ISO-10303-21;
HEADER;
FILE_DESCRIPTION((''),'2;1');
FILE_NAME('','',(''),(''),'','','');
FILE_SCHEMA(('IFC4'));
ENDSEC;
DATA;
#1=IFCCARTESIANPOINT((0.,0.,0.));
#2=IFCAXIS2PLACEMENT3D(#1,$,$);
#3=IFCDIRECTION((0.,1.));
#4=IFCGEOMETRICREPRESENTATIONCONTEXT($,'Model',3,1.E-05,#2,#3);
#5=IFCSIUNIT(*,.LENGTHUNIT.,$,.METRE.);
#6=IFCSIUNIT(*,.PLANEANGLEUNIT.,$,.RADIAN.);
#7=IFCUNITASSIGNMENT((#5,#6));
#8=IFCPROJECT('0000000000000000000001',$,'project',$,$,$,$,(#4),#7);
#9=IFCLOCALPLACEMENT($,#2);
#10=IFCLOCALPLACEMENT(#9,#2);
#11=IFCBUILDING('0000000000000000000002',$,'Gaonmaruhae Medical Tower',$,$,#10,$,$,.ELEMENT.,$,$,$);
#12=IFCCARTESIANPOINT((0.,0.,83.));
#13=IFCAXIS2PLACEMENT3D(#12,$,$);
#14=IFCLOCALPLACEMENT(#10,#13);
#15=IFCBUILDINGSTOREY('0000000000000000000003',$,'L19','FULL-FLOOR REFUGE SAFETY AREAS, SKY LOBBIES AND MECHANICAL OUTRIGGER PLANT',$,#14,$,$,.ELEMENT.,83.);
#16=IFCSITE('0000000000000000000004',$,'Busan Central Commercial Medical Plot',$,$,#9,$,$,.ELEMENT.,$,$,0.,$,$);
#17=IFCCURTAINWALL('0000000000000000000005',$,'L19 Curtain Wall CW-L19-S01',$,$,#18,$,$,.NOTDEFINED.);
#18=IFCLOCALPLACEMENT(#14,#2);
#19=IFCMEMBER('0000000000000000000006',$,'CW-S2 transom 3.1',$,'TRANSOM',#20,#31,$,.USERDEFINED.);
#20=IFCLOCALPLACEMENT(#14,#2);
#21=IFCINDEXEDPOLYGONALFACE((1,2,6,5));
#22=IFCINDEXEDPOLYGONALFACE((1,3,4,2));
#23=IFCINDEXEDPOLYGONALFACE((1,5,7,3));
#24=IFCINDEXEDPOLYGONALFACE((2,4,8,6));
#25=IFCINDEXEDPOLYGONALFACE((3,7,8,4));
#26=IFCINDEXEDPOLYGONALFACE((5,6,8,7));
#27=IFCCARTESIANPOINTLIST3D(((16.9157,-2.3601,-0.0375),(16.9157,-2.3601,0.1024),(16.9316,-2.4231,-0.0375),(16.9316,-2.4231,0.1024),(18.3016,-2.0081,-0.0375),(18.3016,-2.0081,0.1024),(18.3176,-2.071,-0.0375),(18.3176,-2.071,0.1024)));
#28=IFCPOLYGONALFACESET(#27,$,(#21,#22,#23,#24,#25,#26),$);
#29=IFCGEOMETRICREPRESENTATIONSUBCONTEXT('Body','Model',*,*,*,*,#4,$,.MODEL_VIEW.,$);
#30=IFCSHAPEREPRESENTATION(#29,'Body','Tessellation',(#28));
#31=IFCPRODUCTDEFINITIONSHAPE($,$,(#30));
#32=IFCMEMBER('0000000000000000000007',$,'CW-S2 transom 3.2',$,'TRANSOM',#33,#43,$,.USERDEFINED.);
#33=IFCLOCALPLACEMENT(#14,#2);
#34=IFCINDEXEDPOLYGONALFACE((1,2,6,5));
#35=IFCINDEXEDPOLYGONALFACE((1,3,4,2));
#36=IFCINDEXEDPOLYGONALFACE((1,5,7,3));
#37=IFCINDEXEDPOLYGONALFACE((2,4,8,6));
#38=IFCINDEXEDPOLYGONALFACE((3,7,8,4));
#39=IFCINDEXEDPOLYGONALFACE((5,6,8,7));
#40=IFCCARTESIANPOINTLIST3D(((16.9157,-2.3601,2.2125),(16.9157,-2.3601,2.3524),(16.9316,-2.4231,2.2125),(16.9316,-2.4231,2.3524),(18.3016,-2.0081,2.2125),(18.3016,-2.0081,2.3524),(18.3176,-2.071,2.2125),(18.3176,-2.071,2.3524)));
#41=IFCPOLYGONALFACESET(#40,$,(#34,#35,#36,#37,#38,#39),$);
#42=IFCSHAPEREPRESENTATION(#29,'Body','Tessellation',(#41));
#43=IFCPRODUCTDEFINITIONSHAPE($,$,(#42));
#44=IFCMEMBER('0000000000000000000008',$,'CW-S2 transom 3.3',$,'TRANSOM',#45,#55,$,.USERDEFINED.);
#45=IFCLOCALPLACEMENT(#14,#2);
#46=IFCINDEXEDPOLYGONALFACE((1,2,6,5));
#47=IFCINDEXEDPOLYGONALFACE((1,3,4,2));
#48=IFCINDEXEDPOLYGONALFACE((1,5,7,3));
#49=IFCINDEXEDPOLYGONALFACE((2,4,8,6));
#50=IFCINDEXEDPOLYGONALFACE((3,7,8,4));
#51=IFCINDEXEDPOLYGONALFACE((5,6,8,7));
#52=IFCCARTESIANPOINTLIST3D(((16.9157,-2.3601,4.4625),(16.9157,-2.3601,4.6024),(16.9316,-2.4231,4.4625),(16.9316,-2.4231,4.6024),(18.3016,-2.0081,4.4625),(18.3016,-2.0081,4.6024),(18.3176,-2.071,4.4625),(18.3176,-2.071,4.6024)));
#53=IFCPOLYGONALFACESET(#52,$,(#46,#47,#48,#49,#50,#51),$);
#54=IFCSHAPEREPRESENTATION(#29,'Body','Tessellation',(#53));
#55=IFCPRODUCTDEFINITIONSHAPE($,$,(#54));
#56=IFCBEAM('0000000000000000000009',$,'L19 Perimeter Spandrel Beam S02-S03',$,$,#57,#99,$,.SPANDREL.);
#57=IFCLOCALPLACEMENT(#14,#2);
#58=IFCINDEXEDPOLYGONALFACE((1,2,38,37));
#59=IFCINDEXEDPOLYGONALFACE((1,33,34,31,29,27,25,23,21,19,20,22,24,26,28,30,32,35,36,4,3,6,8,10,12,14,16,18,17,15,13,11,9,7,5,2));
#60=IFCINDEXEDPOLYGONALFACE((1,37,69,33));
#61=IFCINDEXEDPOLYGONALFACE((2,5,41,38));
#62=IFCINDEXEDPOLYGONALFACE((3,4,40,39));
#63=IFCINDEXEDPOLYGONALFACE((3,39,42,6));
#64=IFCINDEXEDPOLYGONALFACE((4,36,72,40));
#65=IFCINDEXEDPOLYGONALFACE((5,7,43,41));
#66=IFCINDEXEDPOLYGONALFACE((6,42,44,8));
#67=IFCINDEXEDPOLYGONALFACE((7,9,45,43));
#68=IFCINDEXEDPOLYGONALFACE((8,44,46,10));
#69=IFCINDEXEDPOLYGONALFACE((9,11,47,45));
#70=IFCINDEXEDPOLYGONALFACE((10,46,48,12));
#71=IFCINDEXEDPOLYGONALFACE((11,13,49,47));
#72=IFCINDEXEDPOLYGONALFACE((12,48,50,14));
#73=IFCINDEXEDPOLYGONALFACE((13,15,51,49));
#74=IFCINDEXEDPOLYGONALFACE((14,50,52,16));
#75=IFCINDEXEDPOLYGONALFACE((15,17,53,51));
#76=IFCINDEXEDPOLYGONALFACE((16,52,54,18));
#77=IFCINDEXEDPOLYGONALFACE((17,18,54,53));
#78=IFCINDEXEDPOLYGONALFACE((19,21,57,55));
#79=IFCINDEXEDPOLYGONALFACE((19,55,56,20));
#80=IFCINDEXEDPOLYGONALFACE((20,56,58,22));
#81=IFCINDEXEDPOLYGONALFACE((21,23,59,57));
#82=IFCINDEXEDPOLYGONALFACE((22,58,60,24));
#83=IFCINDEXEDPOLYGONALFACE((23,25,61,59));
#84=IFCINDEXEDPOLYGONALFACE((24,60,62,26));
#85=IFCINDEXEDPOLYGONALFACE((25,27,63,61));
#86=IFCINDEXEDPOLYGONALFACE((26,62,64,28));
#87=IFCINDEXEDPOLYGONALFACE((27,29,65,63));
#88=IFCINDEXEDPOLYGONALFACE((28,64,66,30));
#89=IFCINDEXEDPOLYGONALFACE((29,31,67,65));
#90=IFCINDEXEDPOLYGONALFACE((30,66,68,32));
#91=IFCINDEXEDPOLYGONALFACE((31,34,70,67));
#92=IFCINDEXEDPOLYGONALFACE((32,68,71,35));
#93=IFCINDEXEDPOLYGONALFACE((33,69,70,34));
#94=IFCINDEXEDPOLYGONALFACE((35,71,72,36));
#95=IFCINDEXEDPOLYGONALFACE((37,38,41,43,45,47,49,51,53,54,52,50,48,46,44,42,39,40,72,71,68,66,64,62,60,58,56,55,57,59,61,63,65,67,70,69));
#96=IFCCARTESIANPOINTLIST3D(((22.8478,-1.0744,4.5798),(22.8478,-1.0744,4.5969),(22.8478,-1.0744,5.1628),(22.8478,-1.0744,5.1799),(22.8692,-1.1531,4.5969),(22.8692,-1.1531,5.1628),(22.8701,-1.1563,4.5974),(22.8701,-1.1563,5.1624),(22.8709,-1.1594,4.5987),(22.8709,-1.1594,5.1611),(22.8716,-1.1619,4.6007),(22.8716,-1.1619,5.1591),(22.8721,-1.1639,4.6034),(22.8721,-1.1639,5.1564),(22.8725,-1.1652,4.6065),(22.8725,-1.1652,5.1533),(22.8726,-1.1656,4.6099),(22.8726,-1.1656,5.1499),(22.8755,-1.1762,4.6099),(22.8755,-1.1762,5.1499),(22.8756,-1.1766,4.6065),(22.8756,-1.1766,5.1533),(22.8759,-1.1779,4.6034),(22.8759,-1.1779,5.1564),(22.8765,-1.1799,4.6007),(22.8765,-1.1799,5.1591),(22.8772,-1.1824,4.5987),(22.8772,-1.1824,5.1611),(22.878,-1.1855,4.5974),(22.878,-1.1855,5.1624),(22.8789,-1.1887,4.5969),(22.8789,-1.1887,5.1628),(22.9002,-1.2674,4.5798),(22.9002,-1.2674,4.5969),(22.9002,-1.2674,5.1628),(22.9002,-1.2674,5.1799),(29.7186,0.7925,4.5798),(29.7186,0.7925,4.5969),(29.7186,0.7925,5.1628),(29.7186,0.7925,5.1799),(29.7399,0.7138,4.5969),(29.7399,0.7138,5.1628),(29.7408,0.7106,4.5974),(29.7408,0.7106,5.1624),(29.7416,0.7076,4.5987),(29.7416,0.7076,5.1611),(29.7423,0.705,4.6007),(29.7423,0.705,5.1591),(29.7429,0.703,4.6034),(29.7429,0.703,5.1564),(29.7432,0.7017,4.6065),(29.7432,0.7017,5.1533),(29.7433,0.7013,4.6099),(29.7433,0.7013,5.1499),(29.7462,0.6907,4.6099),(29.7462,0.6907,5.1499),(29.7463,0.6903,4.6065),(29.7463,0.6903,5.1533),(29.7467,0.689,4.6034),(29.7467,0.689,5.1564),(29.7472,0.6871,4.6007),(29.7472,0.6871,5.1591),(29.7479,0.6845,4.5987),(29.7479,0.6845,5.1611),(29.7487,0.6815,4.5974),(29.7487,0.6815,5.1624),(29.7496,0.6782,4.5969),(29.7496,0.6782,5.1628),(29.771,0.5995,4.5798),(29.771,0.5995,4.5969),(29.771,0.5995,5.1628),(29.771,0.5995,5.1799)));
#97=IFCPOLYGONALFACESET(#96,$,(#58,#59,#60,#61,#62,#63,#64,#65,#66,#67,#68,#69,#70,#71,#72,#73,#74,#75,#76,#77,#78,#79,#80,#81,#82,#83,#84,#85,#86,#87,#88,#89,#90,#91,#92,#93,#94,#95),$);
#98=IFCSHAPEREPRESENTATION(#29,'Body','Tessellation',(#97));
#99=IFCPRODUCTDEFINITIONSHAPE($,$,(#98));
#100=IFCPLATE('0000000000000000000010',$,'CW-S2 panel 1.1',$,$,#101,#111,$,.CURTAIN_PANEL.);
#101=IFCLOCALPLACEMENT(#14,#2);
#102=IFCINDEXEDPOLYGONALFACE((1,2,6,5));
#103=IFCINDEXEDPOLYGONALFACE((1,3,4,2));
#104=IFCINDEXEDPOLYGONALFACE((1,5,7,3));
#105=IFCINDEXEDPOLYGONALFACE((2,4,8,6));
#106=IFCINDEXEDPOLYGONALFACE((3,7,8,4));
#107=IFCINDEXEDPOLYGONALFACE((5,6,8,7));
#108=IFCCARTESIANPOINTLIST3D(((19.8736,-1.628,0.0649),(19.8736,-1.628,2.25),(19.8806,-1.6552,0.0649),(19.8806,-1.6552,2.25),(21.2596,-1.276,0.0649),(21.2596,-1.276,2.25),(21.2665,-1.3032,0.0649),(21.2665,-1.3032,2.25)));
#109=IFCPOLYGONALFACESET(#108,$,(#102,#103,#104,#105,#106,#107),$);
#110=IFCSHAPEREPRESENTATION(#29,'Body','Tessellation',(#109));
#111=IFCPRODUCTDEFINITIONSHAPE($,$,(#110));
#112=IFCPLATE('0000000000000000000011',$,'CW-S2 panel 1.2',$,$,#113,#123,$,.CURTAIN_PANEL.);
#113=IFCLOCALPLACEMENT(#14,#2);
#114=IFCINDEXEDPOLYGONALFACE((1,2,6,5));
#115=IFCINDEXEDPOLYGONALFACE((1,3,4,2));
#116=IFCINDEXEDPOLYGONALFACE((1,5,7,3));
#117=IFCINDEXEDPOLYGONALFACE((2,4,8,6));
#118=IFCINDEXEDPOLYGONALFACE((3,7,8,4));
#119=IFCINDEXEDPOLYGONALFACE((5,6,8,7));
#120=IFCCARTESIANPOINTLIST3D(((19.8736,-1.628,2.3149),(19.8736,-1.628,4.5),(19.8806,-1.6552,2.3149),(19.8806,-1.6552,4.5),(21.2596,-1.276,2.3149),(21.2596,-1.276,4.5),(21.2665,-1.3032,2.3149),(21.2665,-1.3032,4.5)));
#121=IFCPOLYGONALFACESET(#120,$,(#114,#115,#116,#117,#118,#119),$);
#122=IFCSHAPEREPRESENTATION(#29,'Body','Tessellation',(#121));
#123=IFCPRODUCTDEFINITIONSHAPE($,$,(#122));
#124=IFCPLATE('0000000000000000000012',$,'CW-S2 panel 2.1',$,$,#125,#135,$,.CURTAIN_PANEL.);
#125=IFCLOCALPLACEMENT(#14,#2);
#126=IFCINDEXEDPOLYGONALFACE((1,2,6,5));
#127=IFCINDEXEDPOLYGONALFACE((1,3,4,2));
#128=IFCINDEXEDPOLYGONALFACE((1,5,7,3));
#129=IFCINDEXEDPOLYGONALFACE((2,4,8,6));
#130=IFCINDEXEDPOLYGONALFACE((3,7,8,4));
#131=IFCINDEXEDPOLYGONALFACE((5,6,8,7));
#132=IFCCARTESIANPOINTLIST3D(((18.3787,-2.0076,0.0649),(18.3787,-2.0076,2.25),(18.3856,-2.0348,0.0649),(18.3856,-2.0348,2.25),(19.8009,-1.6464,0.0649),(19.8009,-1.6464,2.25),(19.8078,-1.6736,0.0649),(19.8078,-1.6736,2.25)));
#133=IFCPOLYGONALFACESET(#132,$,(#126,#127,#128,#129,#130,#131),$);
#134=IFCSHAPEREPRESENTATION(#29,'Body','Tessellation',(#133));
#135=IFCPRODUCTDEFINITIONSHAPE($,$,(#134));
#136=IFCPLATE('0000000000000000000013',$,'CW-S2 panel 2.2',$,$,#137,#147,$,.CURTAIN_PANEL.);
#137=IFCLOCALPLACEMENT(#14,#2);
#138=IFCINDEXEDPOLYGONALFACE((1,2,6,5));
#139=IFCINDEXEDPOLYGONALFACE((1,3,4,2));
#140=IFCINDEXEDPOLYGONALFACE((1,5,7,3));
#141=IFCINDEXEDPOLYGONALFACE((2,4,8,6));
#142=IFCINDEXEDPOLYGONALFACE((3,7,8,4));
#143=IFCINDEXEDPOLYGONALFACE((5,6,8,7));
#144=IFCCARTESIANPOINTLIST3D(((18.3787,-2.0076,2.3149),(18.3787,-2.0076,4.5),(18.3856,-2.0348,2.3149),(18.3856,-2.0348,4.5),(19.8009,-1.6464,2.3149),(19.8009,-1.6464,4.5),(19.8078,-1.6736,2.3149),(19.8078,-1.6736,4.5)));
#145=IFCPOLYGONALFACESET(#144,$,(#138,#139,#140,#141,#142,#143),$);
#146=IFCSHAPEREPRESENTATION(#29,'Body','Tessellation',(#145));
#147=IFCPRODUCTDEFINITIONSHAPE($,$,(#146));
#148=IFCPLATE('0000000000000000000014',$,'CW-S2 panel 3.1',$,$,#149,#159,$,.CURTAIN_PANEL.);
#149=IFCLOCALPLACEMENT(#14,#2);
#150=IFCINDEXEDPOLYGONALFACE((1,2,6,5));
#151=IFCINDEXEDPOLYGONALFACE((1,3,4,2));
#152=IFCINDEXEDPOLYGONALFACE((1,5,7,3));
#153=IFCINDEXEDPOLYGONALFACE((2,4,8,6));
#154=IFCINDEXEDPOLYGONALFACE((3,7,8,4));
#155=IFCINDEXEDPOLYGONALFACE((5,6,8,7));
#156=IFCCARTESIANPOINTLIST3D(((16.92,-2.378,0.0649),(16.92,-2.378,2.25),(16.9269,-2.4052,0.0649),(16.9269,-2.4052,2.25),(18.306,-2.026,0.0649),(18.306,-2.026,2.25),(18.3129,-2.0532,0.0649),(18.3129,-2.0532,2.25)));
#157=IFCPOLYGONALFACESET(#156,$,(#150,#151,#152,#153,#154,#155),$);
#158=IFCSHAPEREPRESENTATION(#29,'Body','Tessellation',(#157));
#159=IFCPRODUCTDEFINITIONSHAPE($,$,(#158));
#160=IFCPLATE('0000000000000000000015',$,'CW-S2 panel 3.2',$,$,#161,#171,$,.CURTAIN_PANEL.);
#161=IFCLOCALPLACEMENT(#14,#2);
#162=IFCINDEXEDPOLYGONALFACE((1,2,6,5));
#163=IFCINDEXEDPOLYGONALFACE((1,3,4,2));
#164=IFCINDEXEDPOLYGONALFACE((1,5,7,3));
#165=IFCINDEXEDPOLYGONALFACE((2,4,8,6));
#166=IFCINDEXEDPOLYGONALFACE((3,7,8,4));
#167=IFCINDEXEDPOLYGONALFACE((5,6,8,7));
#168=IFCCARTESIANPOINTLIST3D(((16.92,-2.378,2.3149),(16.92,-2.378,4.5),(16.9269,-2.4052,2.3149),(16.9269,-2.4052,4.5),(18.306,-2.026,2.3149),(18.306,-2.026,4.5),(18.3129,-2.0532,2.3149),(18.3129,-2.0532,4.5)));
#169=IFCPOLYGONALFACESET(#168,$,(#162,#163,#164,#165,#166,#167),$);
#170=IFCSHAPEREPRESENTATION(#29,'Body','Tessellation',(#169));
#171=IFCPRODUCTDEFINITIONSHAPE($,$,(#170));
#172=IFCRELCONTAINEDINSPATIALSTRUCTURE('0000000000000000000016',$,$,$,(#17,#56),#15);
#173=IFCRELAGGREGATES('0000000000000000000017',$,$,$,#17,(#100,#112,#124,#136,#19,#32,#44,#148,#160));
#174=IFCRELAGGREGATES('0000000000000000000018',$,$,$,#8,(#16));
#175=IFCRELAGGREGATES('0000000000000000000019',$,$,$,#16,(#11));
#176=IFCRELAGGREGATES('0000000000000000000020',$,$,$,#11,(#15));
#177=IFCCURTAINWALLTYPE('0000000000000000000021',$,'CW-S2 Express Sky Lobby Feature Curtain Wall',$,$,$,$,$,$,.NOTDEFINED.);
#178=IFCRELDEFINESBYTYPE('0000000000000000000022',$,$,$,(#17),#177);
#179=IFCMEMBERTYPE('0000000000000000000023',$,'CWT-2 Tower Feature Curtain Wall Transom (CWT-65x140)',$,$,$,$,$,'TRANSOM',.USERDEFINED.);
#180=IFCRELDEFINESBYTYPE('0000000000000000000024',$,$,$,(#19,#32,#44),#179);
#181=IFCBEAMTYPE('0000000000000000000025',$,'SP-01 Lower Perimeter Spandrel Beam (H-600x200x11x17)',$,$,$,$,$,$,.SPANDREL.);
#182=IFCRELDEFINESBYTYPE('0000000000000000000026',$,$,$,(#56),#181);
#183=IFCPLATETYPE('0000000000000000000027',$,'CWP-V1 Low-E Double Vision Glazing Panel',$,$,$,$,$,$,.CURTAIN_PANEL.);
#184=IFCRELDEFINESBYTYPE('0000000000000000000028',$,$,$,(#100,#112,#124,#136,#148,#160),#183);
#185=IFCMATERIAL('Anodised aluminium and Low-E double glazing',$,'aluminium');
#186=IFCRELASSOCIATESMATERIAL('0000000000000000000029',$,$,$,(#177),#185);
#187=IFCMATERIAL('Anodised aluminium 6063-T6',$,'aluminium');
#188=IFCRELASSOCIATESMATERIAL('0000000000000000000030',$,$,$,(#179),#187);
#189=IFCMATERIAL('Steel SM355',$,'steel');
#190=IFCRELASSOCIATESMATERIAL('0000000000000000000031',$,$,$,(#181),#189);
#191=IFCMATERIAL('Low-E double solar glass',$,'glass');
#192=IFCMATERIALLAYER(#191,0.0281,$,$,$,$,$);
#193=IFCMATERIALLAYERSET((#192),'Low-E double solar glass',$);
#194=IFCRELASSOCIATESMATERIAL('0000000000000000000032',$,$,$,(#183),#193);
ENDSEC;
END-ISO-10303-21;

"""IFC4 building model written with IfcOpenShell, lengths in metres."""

from ifc_helpers import new_model, si_unit, direction, frame, origin, origin_2d, place, context, subcontext, project, spatial, rectangle, i_section, extrude, material, layer, layer_set, material_profile, profile_set, type_object, element, aggregate, save


model = new_model("IFC4")

# Units and contexts
model_context = context("Model", 3, precision=1e-05, world=origin(), true_north=direction((0.0, 1.0)))
body_context = subcontext(model_context, "Body", "Model", "MODEL_VIEW")
ifc_project = project(units=[si_unit("LENGTHUNIT", "METRE"), si_unit("PLANEANGLEUNIT", "RADIAN")], contexts=[model_context])

# Site, building, storey
site_placement = place(None, origin())
site = spatial("IfcSite", under=ifc_project, at=site_placement, Name="Busan Central Commercial Medical Plot", CompositionType="ELEMENT", RefElevation=0.0)
building_placement = place(site_placement, origin())
building = spatial("IfcBuilding", under=site, at=building_placement, Name="Gaonmaruhae Medical Tower", CompositionType="ELEMENT")
storey_placement = place(building_placement, frame((0.0, 0.0, 83.0)))
storey = spatial("IfcBuildingStorey", under=building, at=storey_placement, Name="L19", Description="FULL-FLOOR REFUGE SAFETY AREAS, SKY LOBBIES AND MECHANICAL OUTRIGGER PLANT", CompositionType="ELEMENT", Elevation=83.0)

# Curtain wall, members
ifc_material_1 = material(Name="Anodised aluminium and Low-E double glazing", Category="aluminium")
curtain_wall_type = type_object("IfcCurtainWallType", Name="CW-S2 Express Sky Lobby Feature Curtain Wall", PredefinedType="NOTDEFINED", material=ifc_material_1)
curtain_wall_placement = place(storey_placement, origin())
curtain_wall = element("IfcCurtainWall", 1, at=curtain_wall_placement, inside=storey, type_object=curtain_wall_type, Name="L19 Curtain Wall CW-L19-S01", PredefinedType="NOTDEFINED")
ifc_material_2 = material(Name="Anodised aluminium 6063-T6", Category="aluminium")
ifc_material_profile_1 = material_profile(ifc_material_2, rectangle(XDim=0.0649, YDim=0.1399, at=origin_2d()), Name="CWT-65x140")
ifc_profile_set_1 = profile_set([ifc_material_profile_1], Name="Anodised aluminium 6063-T6")
member_type_1 = type_object("IfcMemberType", Name="CWT-2 Tower Feature Curtain Wall Transom (CWT-65x140)", ElementType="TRANSOM", PredefinedType="USERDEFINED", material=ifc_profile_set_1)
member_1_placement = place(storey_placement, frame((18.3096, -2.0396, 0.0325), z_axis=(-0.969222, -0.246189, 0.0), x_axis=(0.246189, -0.969222, 0.0)))
member_1 = element("IfcMember", 2, at=member_1_placement, type_object=member_type_1, Name="CW-S2 transom 3.1", ObjectType="TRANSOM", PredefinedType="USERDEFINED", context=body_context, shape_type="SweptSolid", body=[
    extrude(rectangle(XDim=0.0649, YDim=0.1399, at=origin_2d()), origin(), (0.0, 0.0, 1.0), 1.4299),
])
member_2_placement = place(storey_placement, frame((18.3096, -2.0396, 2.2825), z_axis=(-0.969222, -0.246189, 0.0), x_axis=(0.246189, -0.969222, 0.0)))
member_2 = element("IfcMember", 3, at=member_2_placement, type_object=member_type_1, Name="CW-S2 transom 3.2", ObjectType="TRANSOM", PredefinedType="USERDEFINED", context=body_context, shape_type="SweptSolid", body=[
    extrude(rectangle(XDim=0.0649, YDim=0.1399, at=origin_2d()), origin(), (0.0, 0.0, 1.0), 1.4299),
])
member_3_placement = place(storey_placement, frame((18.3096, -2.0396, 4.5325), z_axis=(-0.969222, -0.246189, 0.0), x_axis=(0.246189, -0.969222, 0.0)))
member_3 = element("IfcMember", 4, at=member_3_placement, type_object=member_type_1, Name="CW-S2 transom 3.3", ObjectType="TRANSOM", PredefinedType="USERDEFINED", context=body_context, shape_type="SweptSolid", body=[
    extrude(rectangle(XDim=0.0649, YDim=0.1399, at=origin_2d()), origin(), (0.0, 0.0, 1.0), 1.4299),
])

# Beam
ifc_material_3 = material(Name="Steel SM355", Category="steel")
ifc_material_profile_2 = material_profile(ifc_material_3, i_section(OverallWidth=0.2, OverallDepth=0.6001, WebThickness=0.011, FlangeThickness=0.0171, FilletRadius=0.0129, at=origin_2d()), Name="H-600x200x11x17")
ifc_profile_set_2 = profile_set([ifc_material_profile_2], Name="Steel SM355")
beam_type_1 = type_object("IfcBeamType", Name="SP-01 Lower Perimeter Spandrel Beam (H-600x200x11x17)", PredefinedType="SPANDREL", material=ifc_profile_set_2)
beam_1_placement = place(storey_placement, frame((22.874, -1.1709, 4.8799), z_axis=(0.96501, 0.262212, 0.0), x_axis=(-0.262212, 0.96501, 0.0)))
element("IfcBeam", 5, at=beam_1_placement, inside=storey, type_object=beam_type_1, Name="L19 Perimeter Spandrel Beam S02-S03", PredefinedType="SPANDREL", context=body_context, shape_type="SweptSolid", body=[
    extrude(i_section(OverallWidth=0.2, OverallDepth=0.6001, WebThickness=0.011, FlangeThickness=0.0171, FilletRadius=0.0129, at=origin_2d()), origin(), (0.0, 0.0, 1.0), 7.1199),
])

# Plates
ifc_material_4 = material(Name="Low-E double solar glass", Category="glass")
ifc_layer_1 = layer(ifc_material_4, 0.0281)
ifc_layer_set_1 = layer_set([ifc_layer_1], Name="Low-E double solar glass")
plate_type = type_object("IfcPlateType", Name="CWP-V1 Low-E Double Vision Glazing Panel", PredefinedType="CURTAIN_PANEL", material=ifc_layer_set_1)
plate_1_placement = place(storey_placement, frame((20.5701, -1.4656, 0.0649), z_axis=(0.0, 0.0, 1.0), x_axis=(-0.969229, -0.24616, 0.0)))
plate_1 = element("IfcPlate", 6, at=plate_1_placement, type_object=plate_type, Name="CW-S2 panel 1.1", PredefinedType="CURTAIN_PANEL", context=body_context, shape_type="SweptSolid", body=[
    extrude(rectangle(XDim=1.4299, YDim=0.0281, at=origin_2d()), origin(), (0.0, 0.0, 1.0), 2.1851),
])
plate_2_placement = place(storey_placement, frame((20.5701, -1.4656, 2.3149), z_axis=(0.0, 0.0, 1.0), x_axis=(-0.969229, -0.24616, 0.0)))
plate_2 = element("IfcPlate", 7, at=plate_2_placement, type_object=plate_type, Name="CW-S2 panel 1.2", PredefinedType="CURTAIN_PANEL", context=body_context, shape_type="SweptSolid", body=[
    extrude(rectangle(XDim=1.4299, YDim=0.0281, at=origin_2d()), origin(), (0.0, 0.0, 1.0), 2.1851),
])
plate_3_placement = place(storey_placement, frame((19.0933, -1.8406, 0.0649), z_axis=(0.0, 0.0, 1.0), x_axis=(-0.969229, -0.24616, 0.0)))
plate_3 = element("IfcPlate", 8, at=plate_3_placement, type_object=plate_type, Name="CW-S2 panel 2.1", PredefinedType="CURTAIN_PANEL", context=body_context, shape_type="SweptSolid", body=[
    extrude(rectangle(XDim=1.4673, YDim=0.0281, at=origin_2d()), origin(), (0.0, 0.0, 1.0), 2.1851),
])
plate_4_placement = place(storey_placement, frame((19.0933, -1.8406, 2.3149), z_axis=(0.0, 0.0, 1.0), x_axis=(-0.969229, -0.24616, 0.0)))
plate_4 = element("IfcPlate", 9, at=plate_4_placement, type_object=plate_type, Name="CW-S2 panel 2.2", PredefinedType="CURTAIN_PANEL", context=body_context, shape_type="SweptSolid", body=[
    extrude(rectangle(XDim=1.4673, YDim=0.0281, at=origin_2d()), origin(), (0.0, 0.0, 1.0), 2.1851),
])
plate_5_placement = place(storey_placement, frame((17.6165, -2.2156, 0.0649), z_axis=(0.0, 0.0, 1.0), x_axis=(-0.969229, -0.24616, 0.0)))
plate_5 = element("IfcPlate", 10, at=plate_5_placement, type_object=plate_type, Name="CW-S2 panel 3.1", PredefinedType="CURTAIN_PANEL", context=body_context, shape_type="SweptSolid", body=[
    extrude(rectangle(XDim=1.4299, YDim=0.0281, at=origin_2d()), origin(), (0.0, 0.0, 1.0), 2.1851),
])
plate_6_placement = place(storey_placement, frame((17.6165, -2.2156, 2.3149), z_axis=(0.0, 0.0, 1.0), x_axis=(-0.969229, -0.24616, 0.0)))
plate_6 = element("IfcPlate", 11, at=plate_6_placement, type_object=plate_type, Name="CW-S2 panel 3.2", PredefinedType="CURTAIN_PANEL", context=body_context, shape_type="SweptSolid", body=[
    extrude(rectangle(XDim=1.4299, YDim=0.0281, at=origin_2d()), origin(), (0.0, 0.0, 1.0), 2.1851),
])
aggregate(curtain_wall, [plate_1, plate_2, plate_3, plate_4, member_1, member_2, member_3, plate_5, plate_6])

save(model, "model.ifc")
